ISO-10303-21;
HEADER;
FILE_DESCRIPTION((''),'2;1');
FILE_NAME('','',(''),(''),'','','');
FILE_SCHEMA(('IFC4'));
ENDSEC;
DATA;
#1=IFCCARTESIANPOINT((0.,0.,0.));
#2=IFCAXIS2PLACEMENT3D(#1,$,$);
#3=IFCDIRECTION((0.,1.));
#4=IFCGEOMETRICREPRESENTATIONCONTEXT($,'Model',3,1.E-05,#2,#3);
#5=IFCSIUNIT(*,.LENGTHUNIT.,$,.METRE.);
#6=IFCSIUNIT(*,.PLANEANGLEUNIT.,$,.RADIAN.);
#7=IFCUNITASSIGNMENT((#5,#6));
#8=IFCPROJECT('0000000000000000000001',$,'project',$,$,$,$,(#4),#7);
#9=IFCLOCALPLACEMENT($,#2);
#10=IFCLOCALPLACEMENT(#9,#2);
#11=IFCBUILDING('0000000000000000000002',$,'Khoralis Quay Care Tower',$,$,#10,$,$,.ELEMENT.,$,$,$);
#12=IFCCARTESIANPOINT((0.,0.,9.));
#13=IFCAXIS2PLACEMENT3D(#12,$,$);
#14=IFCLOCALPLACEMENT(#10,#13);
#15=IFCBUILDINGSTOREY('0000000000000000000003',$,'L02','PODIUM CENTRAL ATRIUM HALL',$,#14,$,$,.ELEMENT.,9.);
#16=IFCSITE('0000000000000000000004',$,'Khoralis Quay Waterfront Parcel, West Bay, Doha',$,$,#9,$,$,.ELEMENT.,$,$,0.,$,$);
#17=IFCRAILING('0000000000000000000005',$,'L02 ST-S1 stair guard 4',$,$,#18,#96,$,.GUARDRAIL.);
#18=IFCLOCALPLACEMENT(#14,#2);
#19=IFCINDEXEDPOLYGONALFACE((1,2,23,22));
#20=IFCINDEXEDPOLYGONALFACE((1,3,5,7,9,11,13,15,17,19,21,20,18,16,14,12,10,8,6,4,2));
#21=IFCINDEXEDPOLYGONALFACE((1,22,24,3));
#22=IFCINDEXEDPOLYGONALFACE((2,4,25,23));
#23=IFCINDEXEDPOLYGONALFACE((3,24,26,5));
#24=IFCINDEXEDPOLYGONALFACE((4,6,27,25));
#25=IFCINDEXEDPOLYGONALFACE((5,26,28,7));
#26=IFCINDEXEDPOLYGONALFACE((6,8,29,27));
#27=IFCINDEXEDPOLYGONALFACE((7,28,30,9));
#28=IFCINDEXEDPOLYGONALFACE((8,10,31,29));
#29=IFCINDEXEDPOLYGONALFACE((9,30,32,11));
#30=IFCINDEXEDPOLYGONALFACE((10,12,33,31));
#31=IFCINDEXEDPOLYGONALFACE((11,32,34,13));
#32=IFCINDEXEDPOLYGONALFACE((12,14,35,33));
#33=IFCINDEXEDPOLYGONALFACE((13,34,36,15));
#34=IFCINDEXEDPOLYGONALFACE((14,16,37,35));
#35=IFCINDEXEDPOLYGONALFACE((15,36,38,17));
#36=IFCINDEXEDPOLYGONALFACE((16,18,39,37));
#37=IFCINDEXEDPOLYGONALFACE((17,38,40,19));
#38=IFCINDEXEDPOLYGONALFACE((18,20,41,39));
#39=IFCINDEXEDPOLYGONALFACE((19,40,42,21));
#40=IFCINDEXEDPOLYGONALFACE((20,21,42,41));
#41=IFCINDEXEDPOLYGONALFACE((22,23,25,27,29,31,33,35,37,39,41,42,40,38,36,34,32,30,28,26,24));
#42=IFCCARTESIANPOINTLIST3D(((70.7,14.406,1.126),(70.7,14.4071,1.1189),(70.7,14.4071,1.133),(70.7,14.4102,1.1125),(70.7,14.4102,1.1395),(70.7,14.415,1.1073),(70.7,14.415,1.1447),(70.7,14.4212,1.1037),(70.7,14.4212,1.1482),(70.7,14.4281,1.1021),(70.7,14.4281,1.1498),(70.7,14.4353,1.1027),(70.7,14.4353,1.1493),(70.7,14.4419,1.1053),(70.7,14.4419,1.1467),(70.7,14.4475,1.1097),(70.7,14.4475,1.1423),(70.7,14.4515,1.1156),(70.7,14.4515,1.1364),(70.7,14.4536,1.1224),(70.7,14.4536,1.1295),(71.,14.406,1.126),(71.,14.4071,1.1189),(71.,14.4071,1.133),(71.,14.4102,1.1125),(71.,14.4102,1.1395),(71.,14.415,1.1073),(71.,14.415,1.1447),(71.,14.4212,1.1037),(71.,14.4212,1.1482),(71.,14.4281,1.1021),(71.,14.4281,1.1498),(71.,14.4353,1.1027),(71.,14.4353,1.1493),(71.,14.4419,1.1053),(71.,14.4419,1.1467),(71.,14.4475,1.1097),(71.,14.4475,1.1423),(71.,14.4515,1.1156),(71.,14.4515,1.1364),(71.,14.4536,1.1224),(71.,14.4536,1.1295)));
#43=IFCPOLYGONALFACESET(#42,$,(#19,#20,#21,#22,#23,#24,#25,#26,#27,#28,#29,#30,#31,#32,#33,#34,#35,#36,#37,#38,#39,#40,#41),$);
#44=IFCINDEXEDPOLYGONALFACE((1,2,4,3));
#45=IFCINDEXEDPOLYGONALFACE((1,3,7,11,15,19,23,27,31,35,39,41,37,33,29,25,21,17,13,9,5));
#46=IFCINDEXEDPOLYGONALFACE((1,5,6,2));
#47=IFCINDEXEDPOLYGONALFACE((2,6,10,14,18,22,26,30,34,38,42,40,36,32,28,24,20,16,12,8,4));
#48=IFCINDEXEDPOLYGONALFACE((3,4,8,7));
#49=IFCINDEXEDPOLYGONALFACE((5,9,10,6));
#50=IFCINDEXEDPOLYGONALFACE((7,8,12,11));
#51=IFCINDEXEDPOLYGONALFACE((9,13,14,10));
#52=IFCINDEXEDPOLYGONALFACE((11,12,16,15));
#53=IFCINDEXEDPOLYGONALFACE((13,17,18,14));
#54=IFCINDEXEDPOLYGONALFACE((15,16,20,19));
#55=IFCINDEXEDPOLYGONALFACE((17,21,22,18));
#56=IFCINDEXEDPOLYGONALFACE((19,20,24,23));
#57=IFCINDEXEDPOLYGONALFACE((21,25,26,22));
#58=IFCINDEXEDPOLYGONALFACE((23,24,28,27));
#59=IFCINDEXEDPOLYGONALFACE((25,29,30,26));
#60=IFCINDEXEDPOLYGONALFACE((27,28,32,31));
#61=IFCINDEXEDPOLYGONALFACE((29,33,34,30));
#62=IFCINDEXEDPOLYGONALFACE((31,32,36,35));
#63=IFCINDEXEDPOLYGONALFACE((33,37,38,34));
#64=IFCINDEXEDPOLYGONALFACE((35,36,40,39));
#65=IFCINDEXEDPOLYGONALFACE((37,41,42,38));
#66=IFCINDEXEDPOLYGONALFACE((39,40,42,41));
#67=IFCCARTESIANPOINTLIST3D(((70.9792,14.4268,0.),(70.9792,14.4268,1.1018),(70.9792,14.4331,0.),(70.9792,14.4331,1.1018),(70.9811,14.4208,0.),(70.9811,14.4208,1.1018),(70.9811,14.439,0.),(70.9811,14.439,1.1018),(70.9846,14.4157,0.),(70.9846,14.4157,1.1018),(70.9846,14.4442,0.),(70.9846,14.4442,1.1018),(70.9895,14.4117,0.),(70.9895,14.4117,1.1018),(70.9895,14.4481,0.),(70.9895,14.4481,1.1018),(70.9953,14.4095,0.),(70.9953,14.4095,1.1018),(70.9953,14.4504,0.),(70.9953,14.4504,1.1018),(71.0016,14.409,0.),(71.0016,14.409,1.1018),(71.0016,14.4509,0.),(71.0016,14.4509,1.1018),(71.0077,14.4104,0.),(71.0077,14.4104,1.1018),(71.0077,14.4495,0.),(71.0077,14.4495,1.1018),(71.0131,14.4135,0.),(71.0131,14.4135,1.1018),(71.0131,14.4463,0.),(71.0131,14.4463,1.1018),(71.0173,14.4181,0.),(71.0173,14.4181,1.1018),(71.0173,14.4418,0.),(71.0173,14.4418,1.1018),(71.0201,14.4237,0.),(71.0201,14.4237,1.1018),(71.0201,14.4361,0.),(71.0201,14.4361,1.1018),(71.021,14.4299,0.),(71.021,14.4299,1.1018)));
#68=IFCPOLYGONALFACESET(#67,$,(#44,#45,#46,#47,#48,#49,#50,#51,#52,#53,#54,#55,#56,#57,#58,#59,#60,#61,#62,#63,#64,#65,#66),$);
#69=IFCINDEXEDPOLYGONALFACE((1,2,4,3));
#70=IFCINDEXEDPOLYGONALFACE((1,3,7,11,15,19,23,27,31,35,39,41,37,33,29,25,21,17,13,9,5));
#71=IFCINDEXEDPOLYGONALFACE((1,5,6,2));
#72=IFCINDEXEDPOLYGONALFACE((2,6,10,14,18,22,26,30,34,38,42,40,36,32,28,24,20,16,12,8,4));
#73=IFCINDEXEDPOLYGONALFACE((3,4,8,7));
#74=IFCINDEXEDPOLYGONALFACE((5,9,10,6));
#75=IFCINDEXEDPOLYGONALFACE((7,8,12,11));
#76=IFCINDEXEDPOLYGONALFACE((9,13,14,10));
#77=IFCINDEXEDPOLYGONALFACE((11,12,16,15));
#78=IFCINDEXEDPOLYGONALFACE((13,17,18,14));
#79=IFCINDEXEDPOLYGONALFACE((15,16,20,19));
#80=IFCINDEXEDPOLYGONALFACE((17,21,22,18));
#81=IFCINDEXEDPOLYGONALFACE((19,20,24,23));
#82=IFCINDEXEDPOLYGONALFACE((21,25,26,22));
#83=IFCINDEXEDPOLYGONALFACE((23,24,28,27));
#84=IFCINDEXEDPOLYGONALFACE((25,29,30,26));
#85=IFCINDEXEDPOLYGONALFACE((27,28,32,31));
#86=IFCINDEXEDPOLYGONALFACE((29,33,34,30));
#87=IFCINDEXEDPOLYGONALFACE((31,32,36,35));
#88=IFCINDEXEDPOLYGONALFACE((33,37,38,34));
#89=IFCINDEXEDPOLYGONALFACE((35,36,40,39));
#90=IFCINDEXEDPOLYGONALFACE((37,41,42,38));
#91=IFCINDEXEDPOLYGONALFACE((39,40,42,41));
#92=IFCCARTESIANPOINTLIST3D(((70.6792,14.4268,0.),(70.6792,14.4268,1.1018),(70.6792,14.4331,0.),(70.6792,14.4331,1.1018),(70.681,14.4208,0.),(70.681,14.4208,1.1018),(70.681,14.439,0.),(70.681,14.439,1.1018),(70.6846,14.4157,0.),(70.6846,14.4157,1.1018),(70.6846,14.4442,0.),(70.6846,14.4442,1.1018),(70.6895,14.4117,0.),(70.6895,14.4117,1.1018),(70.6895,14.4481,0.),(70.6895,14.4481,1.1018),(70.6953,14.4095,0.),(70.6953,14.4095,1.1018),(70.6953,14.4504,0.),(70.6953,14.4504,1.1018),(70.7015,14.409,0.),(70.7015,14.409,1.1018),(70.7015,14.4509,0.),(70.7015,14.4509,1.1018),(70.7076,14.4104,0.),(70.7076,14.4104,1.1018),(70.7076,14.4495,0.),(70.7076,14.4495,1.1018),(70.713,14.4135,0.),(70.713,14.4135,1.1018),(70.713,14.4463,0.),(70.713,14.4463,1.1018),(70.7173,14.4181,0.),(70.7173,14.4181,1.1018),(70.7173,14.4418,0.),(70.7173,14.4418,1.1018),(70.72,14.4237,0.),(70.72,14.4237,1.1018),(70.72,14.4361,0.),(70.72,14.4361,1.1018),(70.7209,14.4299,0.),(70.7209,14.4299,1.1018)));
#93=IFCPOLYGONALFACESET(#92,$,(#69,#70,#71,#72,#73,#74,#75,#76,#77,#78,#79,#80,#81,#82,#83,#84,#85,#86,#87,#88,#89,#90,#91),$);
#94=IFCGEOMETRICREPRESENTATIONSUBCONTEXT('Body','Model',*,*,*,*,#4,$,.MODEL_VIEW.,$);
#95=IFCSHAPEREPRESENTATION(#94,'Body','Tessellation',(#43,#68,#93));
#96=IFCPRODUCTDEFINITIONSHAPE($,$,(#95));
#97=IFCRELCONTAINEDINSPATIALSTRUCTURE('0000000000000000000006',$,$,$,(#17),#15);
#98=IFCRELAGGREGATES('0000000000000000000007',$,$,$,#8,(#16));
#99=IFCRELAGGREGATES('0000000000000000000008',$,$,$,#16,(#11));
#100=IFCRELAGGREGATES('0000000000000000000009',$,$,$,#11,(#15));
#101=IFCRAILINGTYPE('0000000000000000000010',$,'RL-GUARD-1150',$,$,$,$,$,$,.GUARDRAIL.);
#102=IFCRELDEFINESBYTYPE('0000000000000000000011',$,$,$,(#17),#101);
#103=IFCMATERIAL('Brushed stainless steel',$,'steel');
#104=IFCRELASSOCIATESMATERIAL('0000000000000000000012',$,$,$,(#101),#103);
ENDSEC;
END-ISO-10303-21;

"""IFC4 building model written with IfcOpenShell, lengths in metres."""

from ifc_helpers import new_model, si_unit, direction, frame, origin, origin_2d, place, context, subcontext, project, spatial, circle, extrude, material, type_object, element, save


model = new_model("IFC4")

# Units and contexts
model_context = context("Model", 3, precision=1e-05, world=origin(), true_north=direction((0.0, 1.0)))
body_context = subcontext(model_context, "Body", "Model", "MODEL_VIEW")
ifc_project = project(units=[si_unit("LENGTHUNIT", "METRE"), si_unit("PLANEANGLEUNIT", "RADIAN")], contexts=[model_context])

# Site, building, storey
site_placement = place(None, origin())
site = spatial("IfcSite", under=ifc_project, at=site_placement, Name="Khoralis Quay Waterfront Parcel, West Bay, Doha", CompositionType="ELEMENT", RefElevation=0.0)
building_placement = place(site_placement, origin())
building = spatial("IfcBuilding", under=site, at=building_placement, Name="Khoralis Quay Care Tower", CompositionType="ELEMENT")
storey_placement = place(building_placement, frame((0.0, 0.0, 9.0)))
storey = spatial("IfcBuildingStorey", under=building, at=storey_placement, Name="L02", Description="PODIUM CENTRAL ATRIUM HALL", CompositionType="ELEMENT", Elevation=9.0)

# Railing
ifc_material_1 = material(Name="Brushed stainless steel", Category="steel")
railing_type_1 = type_object("IfcRailingType", Name="RL-GUARD-1150", PredefinedType="GUARDRAIL", material=ifc_material_1)
railing_1_placement = place(storey_placement, frame((71.0, 14.4299, 0.0)))
element("IfcRailing", 1, at=railing_1_placement, inside=storey, type_object=railing_type_1, Name="L02 ST-S1 stair guard 4", PredefinedType="GUARDRAIL", context=body_context, shape_type="SweptSolid", body=[
    extrude(circle(Radius=0.0239, at=origin_2d()), frame((0.0, 0.0, 1.126), z_axis=(-1.0, 0.0, 0.0), x_axis=(0.0, -1.0, 0.0)), (0.0, 0.0, 1.0), 0.3),
    extrude(circle(Radius=0.021, at=origin_2d()), origin(), (0.0, 0.0, 1.0), 1.1018),
    extrude(circle(Radius=0.021, at=origin_2d()), frame((-0.3, 0.0, 0.0)), (0.0, 0.0, 1.0), 1.1018),
])

save(model, "model.ifc")
